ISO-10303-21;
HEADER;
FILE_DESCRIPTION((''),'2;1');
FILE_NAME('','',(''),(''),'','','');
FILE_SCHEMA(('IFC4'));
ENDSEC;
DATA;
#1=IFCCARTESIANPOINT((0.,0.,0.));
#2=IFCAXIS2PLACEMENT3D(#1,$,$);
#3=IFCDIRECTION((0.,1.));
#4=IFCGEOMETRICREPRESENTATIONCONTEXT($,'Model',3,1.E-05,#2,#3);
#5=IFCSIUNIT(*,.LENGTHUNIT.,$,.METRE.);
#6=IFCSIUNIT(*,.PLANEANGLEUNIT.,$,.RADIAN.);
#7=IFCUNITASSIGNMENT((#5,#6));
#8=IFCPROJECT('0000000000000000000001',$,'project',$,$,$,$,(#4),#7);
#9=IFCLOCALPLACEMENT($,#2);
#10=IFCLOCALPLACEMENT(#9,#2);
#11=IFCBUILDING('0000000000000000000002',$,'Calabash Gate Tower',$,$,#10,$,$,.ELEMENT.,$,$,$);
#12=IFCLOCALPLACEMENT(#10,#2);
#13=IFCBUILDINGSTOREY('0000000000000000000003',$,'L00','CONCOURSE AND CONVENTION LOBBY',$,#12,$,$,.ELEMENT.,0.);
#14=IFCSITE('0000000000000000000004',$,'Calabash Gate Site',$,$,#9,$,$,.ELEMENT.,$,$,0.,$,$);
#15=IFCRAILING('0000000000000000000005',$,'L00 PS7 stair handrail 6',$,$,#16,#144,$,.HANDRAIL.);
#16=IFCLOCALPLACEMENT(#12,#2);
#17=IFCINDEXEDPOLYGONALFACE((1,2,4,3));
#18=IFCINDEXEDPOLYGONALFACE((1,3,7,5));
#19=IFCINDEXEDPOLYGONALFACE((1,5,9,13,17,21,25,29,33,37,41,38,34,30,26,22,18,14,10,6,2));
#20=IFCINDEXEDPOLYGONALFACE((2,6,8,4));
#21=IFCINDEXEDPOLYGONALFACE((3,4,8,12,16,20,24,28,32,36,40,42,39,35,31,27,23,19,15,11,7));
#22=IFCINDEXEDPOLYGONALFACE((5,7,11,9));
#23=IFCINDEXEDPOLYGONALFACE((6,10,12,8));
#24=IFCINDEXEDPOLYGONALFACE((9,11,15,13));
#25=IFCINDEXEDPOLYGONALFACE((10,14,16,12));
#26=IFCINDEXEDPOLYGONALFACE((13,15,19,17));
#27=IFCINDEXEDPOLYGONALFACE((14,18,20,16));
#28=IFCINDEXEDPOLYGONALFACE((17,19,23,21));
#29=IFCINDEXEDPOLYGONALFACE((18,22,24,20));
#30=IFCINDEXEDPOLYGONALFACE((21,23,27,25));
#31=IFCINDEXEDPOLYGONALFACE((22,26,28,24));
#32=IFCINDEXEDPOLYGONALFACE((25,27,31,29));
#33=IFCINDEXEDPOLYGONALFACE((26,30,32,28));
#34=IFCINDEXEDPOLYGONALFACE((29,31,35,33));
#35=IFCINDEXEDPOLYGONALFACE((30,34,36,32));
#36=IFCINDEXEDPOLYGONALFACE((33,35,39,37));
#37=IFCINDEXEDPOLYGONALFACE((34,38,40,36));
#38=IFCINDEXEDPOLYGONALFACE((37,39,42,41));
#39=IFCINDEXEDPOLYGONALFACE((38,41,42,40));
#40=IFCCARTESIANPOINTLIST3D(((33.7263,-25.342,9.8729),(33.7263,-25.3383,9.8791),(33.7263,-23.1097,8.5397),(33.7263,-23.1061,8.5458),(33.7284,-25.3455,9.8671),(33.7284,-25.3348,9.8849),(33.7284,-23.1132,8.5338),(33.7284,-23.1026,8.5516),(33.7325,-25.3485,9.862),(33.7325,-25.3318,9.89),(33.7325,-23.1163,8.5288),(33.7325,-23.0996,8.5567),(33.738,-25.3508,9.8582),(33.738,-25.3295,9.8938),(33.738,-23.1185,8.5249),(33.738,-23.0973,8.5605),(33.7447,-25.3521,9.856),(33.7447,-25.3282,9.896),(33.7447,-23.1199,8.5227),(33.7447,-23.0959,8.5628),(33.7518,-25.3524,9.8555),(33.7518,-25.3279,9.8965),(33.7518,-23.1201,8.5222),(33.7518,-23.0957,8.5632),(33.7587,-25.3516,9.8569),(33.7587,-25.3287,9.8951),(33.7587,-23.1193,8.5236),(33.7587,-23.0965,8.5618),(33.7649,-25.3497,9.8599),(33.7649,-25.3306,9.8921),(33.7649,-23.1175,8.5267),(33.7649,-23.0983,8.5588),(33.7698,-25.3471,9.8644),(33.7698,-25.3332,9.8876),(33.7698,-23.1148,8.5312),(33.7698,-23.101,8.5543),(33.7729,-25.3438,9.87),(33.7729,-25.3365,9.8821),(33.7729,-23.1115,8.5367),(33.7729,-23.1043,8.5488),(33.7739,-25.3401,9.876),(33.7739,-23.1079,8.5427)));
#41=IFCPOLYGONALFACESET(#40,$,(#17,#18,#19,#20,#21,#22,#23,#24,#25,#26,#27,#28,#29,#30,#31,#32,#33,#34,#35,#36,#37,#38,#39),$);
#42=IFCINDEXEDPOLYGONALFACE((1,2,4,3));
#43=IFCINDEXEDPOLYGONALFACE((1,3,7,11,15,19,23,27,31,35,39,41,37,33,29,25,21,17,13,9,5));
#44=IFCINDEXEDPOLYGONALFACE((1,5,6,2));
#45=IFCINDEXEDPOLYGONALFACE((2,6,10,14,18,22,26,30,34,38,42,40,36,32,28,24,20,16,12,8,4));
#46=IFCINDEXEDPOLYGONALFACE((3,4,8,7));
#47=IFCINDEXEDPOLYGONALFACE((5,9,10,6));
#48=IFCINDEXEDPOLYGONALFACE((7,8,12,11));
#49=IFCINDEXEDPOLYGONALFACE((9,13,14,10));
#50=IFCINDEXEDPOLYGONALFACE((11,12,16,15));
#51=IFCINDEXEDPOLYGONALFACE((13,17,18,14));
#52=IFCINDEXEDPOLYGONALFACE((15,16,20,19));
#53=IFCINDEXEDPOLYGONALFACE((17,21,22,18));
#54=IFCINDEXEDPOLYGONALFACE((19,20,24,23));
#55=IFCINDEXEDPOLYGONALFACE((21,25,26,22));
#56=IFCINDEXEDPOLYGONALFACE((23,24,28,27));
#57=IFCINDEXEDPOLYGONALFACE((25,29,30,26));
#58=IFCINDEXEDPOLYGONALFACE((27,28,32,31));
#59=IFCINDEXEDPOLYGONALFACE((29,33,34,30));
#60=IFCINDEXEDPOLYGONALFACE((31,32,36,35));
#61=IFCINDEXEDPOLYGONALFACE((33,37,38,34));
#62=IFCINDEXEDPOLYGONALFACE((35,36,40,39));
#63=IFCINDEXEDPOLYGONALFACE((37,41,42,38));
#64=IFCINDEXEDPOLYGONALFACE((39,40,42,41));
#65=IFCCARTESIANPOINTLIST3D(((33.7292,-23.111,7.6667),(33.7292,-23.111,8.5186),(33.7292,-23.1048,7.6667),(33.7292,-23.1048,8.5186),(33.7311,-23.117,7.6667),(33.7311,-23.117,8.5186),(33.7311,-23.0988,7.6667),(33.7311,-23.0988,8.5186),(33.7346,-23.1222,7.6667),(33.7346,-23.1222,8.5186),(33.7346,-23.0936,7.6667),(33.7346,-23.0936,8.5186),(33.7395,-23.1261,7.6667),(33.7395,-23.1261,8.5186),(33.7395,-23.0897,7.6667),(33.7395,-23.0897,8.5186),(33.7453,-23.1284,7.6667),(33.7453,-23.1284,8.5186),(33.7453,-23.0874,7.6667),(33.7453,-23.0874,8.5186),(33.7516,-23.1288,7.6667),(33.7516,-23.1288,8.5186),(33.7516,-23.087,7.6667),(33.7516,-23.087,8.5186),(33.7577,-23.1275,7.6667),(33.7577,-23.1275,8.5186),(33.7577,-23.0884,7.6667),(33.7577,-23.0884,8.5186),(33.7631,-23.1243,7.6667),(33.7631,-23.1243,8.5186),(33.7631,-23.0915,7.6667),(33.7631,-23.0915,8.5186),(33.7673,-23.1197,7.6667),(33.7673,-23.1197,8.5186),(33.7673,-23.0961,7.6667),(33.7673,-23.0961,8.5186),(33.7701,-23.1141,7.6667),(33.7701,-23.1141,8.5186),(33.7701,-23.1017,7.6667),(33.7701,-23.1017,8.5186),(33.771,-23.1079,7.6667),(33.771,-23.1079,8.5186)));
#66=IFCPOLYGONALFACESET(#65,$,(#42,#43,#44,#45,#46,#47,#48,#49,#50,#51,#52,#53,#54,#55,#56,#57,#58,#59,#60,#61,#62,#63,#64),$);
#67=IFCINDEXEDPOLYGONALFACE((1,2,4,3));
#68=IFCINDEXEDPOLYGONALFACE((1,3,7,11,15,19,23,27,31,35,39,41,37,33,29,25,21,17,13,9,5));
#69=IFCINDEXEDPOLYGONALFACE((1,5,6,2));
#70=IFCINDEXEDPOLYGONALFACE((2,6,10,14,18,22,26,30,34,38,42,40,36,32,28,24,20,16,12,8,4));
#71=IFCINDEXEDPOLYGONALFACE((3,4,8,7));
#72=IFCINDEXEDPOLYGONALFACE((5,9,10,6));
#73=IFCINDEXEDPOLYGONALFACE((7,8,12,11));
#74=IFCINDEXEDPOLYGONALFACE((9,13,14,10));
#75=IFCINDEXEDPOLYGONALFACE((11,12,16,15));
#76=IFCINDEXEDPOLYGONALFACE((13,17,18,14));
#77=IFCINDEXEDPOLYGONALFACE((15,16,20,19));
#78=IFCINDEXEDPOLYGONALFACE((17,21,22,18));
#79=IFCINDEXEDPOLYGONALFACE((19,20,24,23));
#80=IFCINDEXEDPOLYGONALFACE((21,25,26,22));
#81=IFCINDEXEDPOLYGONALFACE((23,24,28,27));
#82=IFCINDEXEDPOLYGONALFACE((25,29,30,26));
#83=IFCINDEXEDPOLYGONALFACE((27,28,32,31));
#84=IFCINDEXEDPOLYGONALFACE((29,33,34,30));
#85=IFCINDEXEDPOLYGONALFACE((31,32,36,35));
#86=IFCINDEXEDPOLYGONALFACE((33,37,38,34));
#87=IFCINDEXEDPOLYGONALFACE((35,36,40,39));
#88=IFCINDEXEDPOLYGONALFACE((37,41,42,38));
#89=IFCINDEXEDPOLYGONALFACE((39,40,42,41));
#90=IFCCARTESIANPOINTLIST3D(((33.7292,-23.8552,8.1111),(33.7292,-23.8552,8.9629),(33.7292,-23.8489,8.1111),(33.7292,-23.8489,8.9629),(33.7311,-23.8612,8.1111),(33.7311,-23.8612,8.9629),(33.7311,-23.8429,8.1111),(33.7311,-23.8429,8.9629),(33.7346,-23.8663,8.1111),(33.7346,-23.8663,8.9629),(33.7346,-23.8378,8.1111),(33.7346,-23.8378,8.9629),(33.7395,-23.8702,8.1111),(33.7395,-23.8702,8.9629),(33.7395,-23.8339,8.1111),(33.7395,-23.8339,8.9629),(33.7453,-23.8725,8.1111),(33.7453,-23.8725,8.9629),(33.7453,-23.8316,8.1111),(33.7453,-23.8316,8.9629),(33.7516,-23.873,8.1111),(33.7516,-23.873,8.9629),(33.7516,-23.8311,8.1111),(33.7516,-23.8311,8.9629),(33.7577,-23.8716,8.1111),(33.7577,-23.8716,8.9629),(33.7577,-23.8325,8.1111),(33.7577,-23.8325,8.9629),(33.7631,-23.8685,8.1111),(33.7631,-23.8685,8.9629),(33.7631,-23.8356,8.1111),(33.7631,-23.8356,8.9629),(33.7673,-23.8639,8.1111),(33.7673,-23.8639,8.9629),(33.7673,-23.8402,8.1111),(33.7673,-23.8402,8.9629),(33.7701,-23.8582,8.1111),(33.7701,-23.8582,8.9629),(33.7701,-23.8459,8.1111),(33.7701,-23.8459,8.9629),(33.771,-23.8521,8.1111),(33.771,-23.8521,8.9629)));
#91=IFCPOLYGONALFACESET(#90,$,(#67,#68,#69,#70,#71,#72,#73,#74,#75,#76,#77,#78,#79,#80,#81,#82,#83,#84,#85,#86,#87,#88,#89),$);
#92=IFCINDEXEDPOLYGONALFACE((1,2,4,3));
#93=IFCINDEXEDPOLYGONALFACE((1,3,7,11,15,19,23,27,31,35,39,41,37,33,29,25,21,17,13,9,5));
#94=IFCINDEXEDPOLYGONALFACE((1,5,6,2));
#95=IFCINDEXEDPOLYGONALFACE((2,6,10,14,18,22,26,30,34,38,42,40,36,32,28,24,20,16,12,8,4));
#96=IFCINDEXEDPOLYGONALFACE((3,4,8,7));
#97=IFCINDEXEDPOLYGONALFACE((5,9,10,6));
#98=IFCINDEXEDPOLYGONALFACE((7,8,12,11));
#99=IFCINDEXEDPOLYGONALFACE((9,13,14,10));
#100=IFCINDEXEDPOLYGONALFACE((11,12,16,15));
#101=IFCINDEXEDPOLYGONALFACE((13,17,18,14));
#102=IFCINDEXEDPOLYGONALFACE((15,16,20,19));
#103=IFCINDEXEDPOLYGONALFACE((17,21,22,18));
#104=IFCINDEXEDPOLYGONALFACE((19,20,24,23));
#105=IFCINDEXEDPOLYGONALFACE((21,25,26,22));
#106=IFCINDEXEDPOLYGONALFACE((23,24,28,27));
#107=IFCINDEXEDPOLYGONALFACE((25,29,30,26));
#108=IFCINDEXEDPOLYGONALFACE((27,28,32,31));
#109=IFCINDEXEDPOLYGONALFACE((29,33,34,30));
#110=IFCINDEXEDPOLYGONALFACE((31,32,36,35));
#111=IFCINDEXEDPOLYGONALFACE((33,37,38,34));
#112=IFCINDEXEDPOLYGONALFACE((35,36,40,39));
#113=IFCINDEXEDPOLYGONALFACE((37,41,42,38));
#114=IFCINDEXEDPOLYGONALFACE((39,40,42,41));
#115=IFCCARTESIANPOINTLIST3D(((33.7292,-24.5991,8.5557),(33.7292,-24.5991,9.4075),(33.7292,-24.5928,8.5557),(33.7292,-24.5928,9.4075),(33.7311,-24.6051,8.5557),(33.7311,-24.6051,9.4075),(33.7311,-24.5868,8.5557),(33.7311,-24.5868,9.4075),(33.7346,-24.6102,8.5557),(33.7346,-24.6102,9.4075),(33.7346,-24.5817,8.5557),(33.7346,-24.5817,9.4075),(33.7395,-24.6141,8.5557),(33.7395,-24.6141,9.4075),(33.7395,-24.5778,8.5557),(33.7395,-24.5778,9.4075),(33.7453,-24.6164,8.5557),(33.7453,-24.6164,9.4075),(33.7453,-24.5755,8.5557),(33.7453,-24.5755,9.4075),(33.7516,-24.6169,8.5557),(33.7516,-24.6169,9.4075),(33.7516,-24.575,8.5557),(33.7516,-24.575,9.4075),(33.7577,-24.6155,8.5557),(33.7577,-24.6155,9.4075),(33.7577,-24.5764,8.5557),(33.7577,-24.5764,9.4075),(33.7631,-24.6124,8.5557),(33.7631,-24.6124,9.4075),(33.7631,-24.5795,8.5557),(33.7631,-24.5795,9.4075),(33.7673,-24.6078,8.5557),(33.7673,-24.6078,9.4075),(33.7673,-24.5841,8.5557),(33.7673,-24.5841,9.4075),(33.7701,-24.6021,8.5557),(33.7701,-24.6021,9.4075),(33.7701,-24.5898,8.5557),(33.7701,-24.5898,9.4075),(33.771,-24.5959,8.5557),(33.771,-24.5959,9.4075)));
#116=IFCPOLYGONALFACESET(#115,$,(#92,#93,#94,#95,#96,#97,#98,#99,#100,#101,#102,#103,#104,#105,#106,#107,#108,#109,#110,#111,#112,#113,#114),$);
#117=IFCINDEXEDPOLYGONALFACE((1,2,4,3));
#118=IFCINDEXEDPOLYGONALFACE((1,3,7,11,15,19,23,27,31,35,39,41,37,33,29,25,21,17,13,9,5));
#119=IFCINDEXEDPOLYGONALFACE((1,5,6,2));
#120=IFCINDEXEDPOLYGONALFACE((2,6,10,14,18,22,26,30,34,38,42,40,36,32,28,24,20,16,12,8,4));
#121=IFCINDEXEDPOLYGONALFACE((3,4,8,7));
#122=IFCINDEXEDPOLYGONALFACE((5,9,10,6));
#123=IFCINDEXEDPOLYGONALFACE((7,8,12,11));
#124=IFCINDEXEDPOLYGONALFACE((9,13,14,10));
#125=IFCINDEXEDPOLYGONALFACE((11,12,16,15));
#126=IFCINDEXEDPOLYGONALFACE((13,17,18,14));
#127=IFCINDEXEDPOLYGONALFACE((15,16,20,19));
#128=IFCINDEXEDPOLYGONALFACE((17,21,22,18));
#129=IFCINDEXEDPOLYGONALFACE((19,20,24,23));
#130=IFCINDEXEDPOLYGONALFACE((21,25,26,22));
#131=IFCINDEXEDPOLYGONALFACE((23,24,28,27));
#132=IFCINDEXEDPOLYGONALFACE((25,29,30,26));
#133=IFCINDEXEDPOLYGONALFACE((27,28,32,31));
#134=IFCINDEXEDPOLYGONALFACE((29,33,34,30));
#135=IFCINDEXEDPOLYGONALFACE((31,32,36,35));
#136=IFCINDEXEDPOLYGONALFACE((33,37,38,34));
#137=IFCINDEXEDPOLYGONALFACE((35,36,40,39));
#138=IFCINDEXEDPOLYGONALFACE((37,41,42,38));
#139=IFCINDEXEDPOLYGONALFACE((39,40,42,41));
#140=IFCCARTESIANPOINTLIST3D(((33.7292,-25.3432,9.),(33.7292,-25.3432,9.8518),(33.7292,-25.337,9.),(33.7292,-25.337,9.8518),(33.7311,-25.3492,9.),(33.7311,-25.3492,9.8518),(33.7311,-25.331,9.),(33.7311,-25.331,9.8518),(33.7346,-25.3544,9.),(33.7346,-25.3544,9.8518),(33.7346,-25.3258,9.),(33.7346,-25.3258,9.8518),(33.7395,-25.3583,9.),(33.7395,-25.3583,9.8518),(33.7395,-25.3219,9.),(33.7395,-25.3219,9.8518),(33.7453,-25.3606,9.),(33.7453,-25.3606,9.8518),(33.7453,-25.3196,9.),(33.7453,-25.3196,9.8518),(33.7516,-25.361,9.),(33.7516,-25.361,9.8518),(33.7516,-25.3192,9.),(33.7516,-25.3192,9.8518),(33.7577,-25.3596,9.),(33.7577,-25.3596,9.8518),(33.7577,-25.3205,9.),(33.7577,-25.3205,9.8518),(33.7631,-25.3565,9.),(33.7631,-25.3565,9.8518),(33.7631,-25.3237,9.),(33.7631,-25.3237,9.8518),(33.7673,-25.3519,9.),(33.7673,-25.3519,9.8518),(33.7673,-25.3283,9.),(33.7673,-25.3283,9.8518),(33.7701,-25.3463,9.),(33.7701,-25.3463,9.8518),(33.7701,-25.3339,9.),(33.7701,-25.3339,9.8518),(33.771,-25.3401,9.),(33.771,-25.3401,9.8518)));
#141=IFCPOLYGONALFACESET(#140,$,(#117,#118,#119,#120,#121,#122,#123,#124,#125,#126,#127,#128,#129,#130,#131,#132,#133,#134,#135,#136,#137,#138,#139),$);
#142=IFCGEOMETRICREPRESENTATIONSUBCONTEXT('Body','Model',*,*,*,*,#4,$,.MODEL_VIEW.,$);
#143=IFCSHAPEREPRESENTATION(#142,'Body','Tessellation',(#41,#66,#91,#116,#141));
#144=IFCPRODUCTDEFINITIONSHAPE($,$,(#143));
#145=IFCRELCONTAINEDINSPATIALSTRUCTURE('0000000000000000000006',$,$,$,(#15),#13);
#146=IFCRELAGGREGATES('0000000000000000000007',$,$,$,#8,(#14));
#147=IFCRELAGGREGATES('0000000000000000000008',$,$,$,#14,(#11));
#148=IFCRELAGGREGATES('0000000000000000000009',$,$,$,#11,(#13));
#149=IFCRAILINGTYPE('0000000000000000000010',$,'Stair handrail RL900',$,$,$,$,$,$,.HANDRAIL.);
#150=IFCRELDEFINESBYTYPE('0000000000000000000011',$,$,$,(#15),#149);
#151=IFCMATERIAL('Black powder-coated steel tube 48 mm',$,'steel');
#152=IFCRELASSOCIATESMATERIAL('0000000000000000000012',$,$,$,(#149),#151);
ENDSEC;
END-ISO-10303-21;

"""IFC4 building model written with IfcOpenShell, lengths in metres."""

from ifc_helpers import new_model, si_unit, direction, frame, origin, origin_2d, place, context, subcontext, project, spatial, circle, extrude, material, type_object, element, save


model = new_model("IFC4")

# Units and contexts
model_context = context("Model", 3, precision=1e-05, world=origin(), true_north=direction((0.0, 1.0)))
body_context = subcontext(model_context, "Body", "Model", "MODEL_VIEW")
ifc_project = project(units=[si_unit("LENGTHUNIT", "METRE"), si_unit("PLANEANGLEUNIT", "RADIAN")], contexts=[model_context])

# Site, building, storey
site_placement = place(None, origin())
site = spatial("IfcSite", under=ifc_project, at=site_placement, Name="Calabash Gate Site", CompositionType="ELEMENT", RefElevation=0.0)
building_placement = place(site_placement, origin())
building = spatial("IfcBuilding", under=site, at=building_placement, Name="Calabash Gate Tower", CompositionType="ELEMENT")
storey_placement = place(building_placement, origin())
storey = spatial("IfcBuildingStorey", under=building, at=storey_placement, Name="L00", Description="CONCOURSE AND CONVENTION LOBBY", CompositionType="ELEMENT", Elevation=0.0)

# Railing
ifc_material_1 = material(Name="Black powder-coated steel tube 48 mm", Category="steel")
railing_type_1 = type_object("IfcRailingType", Name="Stair handrail RL900", PredefinedType="HANDRAIL", material=ifc_material_1)
railing_1_placement = place(storey_placement, frame((33.75, -23.1079, 7.6667)))
element("IfcRailing", 1, at=railing_1_placement, inside=storey, type_object=railing_type_1, Name="L00 PS7 stair handrail 6", PredefinedType="HANDRAIL", context=body_context, shape_type="SweptSolid", body=[
    extrude(circle(Radius=0.0239, at=origin_2d()), frame((0.0, 0.0, 0.876), z_axis=(0.0, -0.858519, 0.512782), x_axis=(1.0, 0.0, 0.0)), (0.0, 0.0, 1.0), 2.6001),
    extrude(circle(Radius=0.021, at=origin_2d()), origin(), (0.0, 0.0, 1.0), 0.8518),
    extrude(circle(Radius=0.021, at=origin_2d()), frame((0.0, -0.7441, 0.4443)), (0.0, 0.0, 1.0), 0.8518),
    extrude(circle(Radius=0.021, at=origin_2d()), frame((0.0, -1.488, 0.8889)), (0.0, 0.0, 1.0), 0.8518),
    extrude(circle(Radius=0.021, at=origin_2d()), frame((0.0, -2.2322, 1.3333)), (0.0, 0.0, 1.0), 0.8518),
])

save(model, "model.ifc")
